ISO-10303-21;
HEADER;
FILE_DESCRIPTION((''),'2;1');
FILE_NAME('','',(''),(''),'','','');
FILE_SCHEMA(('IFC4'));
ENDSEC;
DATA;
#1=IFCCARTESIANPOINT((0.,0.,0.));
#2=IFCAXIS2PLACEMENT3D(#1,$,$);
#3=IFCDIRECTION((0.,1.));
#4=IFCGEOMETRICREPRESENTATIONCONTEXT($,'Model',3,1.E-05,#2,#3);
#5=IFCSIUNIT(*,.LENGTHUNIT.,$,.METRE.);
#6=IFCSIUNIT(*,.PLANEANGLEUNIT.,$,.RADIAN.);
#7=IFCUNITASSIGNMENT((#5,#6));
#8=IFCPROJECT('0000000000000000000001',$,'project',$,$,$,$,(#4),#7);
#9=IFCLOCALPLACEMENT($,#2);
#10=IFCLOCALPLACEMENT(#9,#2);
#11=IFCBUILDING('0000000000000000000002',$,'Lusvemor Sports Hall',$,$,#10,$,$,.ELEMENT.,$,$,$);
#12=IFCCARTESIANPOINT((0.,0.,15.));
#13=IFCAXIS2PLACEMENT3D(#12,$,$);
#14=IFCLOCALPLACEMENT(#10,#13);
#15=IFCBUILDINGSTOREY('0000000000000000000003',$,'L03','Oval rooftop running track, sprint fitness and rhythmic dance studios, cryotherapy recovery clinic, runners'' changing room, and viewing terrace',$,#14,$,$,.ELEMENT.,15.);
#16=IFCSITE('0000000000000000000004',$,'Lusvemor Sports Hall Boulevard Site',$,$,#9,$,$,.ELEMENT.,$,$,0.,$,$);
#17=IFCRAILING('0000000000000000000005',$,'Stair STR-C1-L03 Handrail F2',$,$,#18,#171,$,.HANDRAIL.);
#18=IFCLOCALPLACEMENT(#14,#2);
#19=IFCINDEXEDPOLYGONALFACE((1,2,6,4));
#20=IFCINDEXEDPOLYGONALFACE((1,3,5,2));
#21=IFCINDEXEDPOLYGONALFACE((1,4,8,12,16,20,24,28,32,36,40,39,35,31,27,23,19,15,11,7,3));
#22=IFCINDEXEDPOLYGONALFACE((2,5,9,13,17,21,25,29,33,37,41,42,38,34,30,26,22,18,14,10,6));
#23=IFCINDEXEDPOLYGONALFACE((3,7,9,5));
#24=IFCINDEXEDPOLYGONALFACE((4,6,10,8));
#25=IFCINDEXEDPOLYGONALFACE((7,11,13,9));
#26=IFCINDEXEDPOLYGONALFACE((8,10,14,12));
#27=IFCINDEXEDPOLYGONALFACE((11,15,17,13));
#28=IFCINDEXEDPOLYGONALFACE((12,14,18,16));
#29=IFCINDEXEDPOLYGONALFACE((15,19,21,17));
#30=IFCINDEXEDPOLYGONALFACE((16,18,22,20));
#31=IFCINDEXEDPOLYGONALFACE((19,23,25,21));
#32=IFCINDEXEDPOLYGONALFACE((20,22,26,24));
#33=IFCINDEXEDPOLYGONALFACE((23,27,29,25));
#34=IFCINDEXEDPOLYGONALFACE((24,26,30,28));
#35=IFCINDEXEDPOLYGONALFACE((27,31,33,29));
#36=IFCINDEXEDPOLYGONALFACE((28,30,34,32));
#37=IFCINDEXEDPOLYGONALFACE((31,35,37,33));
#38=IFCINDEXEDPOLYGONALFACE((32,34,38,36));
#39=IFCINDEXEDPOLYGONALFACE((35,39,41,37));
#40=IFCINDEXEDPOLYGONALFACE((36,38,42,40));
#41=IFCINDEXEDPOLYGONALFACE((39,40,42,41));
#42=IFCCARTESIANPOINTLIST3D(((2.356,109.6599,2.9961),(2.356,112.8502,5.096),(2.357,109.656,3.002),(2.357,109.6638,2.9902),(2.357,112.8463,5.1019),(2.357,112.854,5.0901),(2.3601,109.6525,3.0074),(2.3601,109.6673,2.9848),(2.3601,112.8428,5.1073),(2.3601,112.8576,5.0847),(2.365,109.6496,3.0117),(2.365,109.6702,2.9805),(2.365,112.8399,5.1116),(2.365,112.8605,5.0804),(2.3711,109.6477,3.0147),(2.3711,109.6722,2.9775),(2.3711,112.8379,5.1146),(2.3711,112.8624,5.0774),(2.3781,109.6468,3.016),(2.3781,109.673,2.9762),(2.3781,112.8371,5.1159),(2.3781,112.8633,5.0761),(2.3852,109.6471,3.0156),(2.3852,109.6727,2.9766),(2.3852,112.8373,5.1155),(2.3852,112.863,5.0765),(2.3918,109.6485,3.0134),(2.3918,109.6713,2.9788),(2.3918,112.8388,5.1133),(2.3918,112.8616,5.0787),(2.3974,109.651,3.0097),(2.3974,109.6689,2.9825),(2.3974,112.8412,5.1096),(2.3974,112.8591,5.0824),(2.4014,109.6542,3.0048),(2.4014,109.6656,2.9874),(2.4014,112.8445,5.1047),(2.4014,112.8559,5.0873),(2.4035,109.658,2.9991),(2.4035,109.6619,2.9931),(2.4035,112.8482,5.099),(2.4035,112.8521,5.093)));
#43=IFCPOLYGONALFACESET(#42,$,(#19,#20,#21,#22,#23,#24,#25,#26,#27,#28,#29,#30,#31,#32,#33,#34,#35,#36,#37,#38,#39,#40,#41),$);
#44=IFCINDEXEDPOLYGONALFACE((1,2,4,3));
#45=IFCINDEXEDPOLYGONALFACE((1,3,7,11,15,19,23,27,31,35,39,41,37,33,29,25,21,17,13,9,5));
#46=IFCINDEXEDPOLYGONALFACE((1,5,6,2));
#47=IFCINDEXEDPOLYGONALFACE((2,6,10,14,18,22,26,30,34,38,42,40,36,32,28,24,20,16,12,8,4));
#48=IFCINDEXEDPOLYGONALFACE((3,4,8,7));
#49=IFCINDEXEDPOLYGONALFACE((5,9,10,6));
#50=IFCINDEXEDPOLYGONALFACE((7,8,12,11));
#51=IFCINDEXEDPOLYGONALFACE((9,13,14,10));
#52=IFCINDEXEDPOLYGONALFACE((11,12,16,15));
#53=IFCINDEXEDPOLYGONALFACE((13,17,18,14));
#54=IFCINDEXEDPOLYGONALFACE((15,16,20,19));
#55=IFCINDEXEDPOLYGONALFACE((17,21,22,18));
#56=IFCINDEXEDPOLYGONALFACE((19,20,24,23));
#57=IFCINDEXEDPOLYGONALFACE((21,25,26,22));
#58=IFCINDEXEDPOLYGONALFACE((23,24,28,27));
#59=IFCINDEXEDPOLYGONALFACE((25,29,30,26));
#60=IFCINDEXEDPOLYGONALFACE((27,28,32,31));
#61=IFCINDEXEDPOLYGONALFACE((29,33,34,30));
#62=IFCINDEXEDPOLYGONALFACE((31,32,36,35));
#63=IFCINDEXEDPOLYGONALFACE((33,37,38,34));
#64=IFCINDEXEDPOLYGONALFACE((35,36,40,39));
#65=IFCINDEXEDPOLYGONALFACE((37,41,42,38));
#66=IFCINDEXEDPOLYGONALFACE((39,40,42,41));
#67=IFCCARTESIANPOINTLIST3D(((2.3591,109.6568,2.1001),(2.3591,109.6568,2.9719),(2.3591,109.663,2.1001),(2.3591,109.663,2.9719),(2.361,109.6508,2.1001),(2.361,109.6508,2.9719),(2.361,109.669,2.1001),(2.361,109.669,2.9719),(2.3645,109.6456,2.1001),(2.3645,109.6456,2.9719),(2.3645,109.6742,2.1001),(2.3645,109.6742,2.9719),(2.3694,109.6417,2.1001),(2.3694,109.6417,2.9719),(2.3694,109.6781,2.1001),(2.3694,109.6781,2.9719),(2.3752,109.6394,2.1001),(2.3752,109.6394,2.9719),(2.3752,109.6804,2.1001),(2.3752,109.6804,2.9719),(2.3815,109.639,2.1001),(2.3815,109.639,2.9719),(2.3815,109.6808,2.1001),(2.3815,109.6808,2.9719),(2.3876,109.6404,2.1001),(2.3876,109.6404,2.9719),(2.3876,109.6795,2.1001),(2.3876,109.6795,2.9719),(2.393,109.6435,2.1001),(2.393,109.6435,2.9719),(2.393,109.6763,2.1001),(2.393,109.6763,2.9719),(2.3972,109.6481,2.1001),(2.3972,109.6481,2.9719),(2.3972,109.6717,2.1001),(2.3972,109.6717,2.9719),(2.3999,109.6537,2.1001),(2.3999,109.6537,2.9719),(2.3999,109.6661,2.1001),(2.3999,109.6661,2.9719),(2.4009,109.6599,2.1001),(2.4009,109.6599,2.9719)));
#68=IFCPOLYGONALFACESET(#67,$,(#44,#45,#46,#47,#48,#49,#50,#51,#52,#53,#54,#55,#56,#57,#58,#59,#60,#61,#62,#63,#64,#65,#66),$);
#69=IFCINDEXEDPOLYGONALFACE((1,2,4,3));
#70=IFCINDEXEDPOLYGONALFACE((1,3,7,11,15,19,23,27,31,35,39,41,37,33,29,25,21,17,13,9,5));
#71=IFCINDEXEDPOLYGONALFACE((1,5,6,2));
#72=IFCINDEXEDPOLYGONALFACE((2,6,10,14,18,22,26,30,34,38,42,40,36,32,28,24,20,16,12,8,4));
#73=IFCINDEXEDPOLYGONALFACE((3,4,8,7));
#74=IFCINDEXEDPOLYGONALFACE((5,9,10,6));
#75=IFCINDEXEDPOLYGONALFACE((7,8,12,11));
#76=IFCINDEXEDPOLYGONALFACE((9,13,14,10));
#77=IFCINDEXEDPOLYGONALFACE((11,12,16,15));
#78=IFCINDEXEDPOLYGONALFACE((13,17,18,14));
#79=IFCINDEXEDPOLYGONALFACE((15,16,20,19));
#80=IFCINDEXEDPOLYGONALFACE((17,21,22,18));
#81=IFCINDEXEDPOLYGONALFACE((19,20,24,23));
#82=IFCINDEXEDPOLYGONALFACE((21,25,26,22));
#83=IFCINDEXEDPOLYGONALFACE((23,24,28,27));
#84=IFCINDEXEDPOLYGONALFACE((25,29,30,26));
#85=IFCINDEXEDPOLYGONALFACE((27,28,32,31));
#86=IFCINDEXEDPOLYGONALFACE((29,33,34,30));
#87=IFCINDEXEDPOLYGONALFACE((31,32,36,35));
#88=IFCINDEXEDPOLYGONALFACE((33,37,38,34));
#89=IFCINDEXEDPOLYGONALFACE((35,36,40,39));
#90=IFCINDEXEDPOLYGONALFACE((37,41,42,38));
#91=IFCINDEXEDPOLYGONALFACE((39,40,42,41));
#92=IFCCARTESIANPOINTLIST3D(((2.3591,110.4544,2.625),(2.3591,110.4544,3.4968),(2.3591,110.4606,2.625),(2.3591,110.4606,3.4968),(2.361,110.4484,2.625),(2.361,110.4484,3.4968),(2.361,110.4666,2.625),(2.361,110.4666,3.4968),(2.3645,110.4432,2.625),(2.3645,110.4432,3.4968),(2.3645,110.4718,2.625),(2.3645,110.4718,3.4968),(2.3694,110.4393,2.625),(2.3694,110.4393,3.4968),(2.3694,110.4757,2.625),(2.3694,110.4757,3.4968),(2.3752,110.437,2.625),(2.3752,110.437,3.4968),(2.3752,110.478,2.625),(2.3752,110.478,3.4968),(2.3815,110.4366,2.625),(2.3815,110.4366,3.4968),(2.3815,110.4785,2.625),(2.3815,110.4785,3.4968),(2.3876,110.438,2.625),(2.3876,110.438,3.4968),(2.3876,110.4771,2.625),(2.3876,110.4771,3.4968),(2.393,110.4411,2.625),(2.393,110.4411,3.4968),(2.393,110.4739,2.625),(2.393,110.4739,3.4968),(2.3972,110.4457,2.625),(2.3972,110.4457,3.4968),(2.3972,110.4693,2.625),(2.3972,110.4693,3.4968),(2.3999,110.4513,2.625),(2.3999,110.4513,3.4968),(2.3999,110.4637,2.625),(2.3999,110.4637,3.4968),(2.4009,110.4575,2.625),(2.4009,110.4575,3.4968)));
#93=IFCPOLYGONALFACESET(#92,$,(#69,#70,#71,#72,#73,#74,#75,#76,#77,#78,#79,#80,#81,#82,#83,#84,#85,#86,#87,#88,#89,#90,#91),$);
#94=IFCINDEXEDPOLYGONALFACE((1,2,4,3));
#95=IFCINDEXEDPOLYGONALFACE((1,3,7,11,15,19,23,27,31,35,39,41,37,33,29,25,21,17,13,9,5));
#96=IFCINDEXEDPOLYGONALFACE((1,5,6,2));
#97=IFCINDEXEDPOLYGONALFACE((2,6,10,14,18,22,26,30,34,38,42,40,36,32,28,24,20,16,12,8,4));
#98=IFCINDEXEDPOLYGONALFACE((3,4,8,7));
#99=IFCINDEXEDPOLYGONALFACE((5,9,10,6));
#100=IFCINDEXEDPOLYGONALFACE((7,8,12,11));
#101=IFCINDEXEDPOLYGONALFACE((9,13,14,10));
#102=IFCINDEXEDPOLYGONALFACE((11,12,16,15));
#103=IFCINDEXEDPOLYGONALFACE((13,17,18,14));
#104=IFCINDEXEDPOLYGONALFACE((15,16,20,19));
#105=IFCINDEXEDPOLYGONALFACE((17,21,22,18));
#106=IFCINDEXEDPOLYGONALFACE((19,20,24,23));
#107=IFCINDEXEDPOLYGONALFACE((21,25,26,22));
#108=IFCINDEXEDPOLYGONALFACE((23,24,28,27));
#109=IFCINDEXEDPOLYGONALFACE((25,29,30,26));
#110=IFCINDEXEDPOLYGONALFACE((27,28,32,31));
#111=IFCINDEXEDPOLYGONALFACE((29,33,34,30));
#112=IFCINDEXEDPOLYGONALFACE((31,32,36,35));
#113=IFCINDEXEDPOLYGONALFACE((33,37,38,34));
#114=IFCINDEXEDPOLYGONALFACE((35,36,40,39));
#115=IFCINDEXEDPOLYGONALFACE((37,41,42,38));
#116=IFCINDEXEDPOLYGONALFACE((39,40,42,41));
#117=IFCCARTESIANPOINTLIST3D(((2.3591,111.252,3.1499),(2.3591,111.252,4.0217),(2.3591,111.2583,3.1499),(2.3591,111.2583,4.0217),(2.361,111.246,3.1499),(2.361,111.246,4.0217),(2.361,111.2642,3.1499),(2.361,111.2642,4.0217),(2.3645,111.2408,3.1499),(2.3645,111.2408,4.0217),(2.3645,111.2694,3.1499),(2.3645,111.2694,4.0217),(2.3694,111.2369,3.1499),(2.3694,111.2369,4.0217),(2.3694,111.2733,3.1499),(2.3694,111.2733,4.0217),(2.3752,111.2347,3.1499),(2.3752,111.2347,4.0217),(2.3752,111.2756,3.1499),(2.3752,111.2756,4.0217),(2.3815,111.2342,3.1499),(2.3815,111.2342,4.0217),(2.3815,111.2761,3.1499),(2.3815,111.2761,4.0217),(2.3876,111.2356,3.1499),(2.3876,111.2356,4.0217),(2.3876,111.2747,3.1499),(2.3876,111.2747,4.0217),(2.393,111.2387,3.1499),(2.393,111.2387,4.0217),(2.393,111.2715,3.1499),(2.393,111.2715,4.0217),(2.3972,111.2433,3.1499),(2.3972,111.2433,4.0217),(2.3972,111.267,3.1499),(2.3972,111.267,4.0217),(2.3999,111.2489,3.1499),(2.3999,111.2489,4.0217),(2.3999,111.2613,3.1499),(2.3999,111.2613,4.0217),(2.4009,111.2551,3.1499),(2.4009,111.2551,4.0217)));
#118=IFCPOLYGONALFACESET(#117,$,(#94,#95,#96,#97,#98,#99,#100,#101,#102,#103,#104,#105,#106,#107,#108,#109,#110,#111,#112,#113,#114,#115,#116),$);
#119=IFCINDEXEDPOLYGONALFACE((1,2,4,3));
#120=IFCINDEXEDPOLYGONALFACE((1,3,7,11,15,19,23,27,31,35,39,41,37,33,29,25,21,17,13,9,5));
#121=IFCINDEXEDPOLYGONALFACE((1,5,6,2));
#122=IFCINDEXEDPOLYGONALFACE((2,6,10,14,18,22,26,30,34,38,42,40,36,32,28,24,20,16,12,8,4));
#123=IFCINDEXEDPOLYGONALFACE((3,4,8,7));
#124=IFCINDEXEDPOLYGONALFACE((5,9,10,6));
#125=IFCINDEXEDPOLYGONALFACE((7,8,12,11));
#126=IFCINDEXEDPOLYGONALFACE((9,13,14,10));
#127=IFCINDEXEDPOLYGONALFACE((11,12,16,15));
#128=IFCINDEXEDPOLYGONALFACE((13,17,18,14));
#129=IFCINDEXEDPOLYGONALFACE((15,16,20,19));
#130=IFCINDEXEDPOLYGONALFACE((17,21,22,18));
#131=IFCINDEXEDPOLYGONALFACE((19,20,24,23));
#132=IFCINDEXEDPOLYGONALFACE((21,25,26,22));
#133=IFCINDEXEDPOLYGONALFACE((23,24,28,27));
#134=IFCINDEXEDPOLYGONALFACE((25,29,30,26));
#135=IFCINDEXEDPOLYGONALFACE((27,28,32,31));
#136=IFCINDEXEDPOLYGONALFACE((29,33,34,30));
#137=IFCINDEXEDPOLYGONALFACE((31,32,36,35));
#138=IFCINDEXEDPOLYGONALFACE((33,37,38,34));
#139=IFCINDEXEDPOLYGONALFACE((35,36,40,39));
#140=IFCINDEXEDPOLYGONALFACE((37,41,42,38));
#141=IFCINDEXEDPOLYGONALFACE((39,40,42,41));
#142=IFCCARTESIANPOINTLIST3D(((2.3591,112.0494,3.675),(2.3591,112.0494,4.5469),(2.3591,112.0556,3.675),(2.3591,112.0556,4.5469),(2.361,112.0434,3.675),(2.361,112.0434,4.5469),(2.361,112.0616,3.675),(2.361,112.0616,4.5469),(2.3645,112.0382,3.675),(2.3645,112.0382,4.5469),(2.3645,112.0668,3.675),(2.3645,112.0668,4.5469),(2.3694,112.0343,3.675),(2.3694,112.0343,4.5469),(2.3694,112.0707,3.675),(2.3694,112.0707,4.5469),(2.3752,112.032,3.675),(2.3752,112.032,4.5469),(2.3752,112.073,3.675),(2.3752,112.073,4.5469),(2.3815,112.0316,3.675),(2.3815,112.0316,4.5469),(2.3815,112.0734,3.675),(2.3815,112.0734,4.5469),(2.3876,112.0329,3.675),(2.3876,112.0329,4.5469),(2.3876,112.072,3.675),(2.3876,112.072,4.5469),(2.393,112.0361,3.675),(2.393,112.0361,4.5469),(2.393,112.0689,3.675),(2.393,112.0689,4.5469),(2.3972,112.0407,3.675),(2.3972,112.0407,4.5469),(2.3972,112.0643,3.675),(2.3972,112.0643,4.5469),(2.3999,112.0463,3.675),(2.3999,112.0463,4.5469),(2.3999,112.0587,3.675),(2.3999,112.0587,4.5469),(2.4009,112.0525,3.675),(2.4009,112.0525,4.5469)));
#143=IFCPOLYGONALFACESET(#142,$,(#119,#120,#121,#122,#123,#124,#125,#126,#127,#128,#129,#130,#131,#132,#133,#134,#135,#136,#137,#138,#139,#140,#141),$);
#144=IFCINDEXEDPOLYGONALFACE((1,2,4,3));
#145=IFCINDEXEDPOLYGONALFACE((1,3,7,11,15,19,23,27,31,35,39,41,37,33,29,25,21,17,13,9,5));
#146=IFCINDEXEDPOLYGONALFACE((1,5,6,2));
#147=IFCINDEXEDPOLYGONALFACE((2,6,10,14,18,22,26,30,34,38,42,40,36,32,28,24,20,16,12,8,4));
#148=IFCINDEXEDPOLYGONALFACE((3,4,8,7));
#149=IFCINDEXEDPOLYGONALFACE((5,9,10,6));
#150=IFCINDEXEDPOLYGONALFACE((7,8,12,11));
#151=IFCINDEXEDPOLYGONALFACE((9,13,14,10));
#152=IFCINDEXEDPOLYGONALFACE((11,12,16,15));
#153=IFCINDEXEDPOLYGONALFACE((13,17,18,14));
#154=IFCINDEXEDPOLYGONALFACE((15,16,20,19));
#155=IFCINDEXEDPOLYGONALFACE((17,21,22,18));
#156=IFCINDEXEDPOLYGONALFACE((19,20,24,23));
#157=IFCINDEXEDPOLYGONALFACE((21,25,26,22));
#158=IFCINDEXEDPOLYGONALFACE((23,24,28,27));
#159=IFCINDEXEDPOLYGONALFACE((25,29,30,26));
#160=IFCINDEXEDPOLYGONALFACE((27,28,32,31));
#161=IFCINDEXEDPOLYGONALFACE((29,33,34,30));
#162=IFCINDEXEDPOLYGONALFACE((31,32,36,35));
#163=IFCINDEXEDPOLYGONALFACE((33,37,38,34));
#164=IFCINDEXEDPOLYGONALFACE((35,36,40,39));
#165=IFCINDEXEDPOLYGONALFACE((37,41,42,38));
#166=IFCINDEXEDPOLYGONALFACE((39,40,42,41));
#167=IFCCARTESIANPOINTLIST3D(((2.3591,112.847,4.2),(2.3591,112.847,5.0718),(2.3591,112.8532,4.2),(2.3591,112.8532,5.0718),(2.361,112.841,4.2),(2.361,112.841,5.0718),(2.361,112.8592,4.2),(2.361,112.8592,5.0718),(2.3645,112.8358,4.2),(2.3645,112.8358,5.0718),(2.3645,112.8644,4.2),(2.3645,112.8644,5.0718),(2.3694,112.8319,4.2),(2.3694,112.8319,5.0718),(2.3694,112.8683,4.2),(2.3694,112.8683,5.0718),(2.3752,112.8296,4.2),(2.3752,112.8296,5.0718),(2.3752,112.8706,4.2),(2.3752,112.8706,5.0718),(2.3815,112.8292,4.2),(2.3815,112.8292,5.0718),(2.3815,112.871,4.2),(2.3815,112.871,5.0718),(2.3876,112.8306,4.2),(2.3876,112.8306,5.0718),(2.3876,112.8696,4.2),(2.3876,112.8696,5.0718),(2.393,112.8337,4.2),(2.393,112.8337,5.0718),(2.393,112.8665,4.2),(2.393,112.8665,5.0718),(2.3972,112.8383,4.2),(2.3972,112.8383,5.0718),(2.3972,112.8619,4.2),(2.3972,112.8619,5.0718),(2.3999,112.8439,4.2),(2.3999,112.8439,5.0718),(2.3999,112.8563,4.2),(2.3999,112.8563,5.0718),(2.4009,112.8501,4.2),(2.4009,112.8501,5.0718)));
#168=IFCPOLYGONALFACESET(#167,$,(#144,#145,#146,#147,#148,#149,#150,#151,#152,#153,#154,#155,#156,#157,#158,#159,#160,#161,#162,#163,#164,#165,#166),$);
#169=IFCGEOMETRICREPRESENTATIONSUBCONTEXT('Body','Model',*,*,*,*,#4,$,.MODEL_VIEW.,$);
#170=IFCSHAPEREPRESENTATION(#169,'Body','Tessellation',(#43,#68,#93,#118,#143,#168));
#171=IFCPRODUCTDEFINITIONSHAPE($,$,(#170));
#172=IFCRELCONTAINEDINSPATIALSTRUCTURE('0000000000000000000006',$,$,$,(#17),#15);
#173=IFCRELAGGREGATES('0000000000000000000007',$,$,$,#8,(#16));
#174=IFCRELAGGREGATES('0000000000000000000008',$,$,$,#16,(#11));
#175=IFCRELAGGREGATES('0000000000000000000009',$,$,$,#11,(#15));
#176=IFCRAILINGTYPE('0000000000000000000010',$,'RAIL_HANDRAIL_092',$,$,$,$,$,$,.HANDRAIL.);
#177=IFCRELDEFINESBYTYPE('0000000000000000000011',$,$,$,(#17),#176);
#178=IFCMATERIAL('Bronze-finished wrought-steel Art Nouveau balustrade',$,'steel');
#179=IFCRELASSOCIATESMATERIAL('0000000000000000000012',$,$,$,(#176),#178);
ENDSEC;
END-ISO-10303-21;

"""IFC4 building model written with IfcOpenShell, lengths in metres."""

from ifc_helpers import new_model, si_unit, direction, frame, origin, origin_2d, place, context, subcontext, project, spatial, circle, extrude, material, type_object, element, save


model = new_model("IFC4")

# Units and contexts
model_context = context("Model", 3, precision=1e-05, world=origin(), true_north=direction((0.0, 1.0)))
body_context = subcontext(model_context, "Body", "Model", "MODEL_VIEW")
ifc_project = project(units=[si_unit("LENGTHUNIT", "METRE"), si_unit("PLANEANGLEUNIT", "RADIAN")], contexts=[model_context])

# Site, building, storey
site_placement = place(None, origin())
site = spatial("IfcSite", under=ifc_project, at=site_placement, Name="Lusvemor Sports Hall Boulevard Site", CompositionType="ELEMENT", RefElevation=0.0)
building_placement = place(site_placement, origin())
building = spatial("IfcBuilding", under=site, at=building_placement, Name="Lusvemor Sports Hall", CompositionType="ELEMENT")
storey_placement = place(building_placement, frame((0.0, 0.0, 15.0)))
storey = spatial("IfcBuildingStorey", under=building, at=storey_placement, Name="L03", Description="Oval rooftop running track, sprint fitness and rhythmic dance studios, cryotherapy recovery clinic, runners' changing room, and viewing terrace", CompositionType="ELEMENT", Elevation=15.0)

# Railing
ifc_material_1 = material(Name="Bronze-finished wrought-steel Art Nouveau balustrade", Category="steel")
railing_type_1 = type_object("IfcRailingType", Name="RAIL_HANDRAIL_092", PredefinedType="HANDRAIL", material=ifc_material_1)
railing_1_placement = place(storey_placement, frame((2.3799, 109.6599, 2.1001)))
element("IfcRailing", 1, at=railing_1_placement, inside=storey, type_object=railing_type_1, Name="Stair STR-C1-L03 Handrail F2", PredefinedType="HANDRAIL", context=body_context, shape_type="SweptSolid", body=[
    extrude(circle(Radius=0.0239, at=origin_2d()), frame((0.0, 0.0, 0.896), z_axis=(0.0, 0.835291, 0.549808), x_axis=(-1.0, 0.0, 0.0)), (0.0, 0.0, 1.0), 3.8193),
    extrude(circle(Radius=0.021, at=origin_2d()), origin(), (0.0, 0.0, 1.0), 0.8718),
    extrude(circle(Radius=0.021, at=origin_2d()), frame((0.0, 0.7976, 0.5249)), (0.0, 0.0, 1.0), 0.8718),
    extrude(circle(Radius=0.021, at=origin_2d()), frame((0.0, 1.5952, 1.0498)), (0.0, 0.0, 1.0), 0.8718),
    extrude(circle(Radius=0.021, at=origin_2d()), frame((0.0, 2.3926, 1.575)), (0.0, 0.0, 1.0), 0.8718),
    extrude(circle(Radius=0.021, at=origin_2d()), frame((0.0, 3.1902, 2.0999)), (0.0, 0.0, 1.0), 0.8718),
])

save(model, "model.ifc")
